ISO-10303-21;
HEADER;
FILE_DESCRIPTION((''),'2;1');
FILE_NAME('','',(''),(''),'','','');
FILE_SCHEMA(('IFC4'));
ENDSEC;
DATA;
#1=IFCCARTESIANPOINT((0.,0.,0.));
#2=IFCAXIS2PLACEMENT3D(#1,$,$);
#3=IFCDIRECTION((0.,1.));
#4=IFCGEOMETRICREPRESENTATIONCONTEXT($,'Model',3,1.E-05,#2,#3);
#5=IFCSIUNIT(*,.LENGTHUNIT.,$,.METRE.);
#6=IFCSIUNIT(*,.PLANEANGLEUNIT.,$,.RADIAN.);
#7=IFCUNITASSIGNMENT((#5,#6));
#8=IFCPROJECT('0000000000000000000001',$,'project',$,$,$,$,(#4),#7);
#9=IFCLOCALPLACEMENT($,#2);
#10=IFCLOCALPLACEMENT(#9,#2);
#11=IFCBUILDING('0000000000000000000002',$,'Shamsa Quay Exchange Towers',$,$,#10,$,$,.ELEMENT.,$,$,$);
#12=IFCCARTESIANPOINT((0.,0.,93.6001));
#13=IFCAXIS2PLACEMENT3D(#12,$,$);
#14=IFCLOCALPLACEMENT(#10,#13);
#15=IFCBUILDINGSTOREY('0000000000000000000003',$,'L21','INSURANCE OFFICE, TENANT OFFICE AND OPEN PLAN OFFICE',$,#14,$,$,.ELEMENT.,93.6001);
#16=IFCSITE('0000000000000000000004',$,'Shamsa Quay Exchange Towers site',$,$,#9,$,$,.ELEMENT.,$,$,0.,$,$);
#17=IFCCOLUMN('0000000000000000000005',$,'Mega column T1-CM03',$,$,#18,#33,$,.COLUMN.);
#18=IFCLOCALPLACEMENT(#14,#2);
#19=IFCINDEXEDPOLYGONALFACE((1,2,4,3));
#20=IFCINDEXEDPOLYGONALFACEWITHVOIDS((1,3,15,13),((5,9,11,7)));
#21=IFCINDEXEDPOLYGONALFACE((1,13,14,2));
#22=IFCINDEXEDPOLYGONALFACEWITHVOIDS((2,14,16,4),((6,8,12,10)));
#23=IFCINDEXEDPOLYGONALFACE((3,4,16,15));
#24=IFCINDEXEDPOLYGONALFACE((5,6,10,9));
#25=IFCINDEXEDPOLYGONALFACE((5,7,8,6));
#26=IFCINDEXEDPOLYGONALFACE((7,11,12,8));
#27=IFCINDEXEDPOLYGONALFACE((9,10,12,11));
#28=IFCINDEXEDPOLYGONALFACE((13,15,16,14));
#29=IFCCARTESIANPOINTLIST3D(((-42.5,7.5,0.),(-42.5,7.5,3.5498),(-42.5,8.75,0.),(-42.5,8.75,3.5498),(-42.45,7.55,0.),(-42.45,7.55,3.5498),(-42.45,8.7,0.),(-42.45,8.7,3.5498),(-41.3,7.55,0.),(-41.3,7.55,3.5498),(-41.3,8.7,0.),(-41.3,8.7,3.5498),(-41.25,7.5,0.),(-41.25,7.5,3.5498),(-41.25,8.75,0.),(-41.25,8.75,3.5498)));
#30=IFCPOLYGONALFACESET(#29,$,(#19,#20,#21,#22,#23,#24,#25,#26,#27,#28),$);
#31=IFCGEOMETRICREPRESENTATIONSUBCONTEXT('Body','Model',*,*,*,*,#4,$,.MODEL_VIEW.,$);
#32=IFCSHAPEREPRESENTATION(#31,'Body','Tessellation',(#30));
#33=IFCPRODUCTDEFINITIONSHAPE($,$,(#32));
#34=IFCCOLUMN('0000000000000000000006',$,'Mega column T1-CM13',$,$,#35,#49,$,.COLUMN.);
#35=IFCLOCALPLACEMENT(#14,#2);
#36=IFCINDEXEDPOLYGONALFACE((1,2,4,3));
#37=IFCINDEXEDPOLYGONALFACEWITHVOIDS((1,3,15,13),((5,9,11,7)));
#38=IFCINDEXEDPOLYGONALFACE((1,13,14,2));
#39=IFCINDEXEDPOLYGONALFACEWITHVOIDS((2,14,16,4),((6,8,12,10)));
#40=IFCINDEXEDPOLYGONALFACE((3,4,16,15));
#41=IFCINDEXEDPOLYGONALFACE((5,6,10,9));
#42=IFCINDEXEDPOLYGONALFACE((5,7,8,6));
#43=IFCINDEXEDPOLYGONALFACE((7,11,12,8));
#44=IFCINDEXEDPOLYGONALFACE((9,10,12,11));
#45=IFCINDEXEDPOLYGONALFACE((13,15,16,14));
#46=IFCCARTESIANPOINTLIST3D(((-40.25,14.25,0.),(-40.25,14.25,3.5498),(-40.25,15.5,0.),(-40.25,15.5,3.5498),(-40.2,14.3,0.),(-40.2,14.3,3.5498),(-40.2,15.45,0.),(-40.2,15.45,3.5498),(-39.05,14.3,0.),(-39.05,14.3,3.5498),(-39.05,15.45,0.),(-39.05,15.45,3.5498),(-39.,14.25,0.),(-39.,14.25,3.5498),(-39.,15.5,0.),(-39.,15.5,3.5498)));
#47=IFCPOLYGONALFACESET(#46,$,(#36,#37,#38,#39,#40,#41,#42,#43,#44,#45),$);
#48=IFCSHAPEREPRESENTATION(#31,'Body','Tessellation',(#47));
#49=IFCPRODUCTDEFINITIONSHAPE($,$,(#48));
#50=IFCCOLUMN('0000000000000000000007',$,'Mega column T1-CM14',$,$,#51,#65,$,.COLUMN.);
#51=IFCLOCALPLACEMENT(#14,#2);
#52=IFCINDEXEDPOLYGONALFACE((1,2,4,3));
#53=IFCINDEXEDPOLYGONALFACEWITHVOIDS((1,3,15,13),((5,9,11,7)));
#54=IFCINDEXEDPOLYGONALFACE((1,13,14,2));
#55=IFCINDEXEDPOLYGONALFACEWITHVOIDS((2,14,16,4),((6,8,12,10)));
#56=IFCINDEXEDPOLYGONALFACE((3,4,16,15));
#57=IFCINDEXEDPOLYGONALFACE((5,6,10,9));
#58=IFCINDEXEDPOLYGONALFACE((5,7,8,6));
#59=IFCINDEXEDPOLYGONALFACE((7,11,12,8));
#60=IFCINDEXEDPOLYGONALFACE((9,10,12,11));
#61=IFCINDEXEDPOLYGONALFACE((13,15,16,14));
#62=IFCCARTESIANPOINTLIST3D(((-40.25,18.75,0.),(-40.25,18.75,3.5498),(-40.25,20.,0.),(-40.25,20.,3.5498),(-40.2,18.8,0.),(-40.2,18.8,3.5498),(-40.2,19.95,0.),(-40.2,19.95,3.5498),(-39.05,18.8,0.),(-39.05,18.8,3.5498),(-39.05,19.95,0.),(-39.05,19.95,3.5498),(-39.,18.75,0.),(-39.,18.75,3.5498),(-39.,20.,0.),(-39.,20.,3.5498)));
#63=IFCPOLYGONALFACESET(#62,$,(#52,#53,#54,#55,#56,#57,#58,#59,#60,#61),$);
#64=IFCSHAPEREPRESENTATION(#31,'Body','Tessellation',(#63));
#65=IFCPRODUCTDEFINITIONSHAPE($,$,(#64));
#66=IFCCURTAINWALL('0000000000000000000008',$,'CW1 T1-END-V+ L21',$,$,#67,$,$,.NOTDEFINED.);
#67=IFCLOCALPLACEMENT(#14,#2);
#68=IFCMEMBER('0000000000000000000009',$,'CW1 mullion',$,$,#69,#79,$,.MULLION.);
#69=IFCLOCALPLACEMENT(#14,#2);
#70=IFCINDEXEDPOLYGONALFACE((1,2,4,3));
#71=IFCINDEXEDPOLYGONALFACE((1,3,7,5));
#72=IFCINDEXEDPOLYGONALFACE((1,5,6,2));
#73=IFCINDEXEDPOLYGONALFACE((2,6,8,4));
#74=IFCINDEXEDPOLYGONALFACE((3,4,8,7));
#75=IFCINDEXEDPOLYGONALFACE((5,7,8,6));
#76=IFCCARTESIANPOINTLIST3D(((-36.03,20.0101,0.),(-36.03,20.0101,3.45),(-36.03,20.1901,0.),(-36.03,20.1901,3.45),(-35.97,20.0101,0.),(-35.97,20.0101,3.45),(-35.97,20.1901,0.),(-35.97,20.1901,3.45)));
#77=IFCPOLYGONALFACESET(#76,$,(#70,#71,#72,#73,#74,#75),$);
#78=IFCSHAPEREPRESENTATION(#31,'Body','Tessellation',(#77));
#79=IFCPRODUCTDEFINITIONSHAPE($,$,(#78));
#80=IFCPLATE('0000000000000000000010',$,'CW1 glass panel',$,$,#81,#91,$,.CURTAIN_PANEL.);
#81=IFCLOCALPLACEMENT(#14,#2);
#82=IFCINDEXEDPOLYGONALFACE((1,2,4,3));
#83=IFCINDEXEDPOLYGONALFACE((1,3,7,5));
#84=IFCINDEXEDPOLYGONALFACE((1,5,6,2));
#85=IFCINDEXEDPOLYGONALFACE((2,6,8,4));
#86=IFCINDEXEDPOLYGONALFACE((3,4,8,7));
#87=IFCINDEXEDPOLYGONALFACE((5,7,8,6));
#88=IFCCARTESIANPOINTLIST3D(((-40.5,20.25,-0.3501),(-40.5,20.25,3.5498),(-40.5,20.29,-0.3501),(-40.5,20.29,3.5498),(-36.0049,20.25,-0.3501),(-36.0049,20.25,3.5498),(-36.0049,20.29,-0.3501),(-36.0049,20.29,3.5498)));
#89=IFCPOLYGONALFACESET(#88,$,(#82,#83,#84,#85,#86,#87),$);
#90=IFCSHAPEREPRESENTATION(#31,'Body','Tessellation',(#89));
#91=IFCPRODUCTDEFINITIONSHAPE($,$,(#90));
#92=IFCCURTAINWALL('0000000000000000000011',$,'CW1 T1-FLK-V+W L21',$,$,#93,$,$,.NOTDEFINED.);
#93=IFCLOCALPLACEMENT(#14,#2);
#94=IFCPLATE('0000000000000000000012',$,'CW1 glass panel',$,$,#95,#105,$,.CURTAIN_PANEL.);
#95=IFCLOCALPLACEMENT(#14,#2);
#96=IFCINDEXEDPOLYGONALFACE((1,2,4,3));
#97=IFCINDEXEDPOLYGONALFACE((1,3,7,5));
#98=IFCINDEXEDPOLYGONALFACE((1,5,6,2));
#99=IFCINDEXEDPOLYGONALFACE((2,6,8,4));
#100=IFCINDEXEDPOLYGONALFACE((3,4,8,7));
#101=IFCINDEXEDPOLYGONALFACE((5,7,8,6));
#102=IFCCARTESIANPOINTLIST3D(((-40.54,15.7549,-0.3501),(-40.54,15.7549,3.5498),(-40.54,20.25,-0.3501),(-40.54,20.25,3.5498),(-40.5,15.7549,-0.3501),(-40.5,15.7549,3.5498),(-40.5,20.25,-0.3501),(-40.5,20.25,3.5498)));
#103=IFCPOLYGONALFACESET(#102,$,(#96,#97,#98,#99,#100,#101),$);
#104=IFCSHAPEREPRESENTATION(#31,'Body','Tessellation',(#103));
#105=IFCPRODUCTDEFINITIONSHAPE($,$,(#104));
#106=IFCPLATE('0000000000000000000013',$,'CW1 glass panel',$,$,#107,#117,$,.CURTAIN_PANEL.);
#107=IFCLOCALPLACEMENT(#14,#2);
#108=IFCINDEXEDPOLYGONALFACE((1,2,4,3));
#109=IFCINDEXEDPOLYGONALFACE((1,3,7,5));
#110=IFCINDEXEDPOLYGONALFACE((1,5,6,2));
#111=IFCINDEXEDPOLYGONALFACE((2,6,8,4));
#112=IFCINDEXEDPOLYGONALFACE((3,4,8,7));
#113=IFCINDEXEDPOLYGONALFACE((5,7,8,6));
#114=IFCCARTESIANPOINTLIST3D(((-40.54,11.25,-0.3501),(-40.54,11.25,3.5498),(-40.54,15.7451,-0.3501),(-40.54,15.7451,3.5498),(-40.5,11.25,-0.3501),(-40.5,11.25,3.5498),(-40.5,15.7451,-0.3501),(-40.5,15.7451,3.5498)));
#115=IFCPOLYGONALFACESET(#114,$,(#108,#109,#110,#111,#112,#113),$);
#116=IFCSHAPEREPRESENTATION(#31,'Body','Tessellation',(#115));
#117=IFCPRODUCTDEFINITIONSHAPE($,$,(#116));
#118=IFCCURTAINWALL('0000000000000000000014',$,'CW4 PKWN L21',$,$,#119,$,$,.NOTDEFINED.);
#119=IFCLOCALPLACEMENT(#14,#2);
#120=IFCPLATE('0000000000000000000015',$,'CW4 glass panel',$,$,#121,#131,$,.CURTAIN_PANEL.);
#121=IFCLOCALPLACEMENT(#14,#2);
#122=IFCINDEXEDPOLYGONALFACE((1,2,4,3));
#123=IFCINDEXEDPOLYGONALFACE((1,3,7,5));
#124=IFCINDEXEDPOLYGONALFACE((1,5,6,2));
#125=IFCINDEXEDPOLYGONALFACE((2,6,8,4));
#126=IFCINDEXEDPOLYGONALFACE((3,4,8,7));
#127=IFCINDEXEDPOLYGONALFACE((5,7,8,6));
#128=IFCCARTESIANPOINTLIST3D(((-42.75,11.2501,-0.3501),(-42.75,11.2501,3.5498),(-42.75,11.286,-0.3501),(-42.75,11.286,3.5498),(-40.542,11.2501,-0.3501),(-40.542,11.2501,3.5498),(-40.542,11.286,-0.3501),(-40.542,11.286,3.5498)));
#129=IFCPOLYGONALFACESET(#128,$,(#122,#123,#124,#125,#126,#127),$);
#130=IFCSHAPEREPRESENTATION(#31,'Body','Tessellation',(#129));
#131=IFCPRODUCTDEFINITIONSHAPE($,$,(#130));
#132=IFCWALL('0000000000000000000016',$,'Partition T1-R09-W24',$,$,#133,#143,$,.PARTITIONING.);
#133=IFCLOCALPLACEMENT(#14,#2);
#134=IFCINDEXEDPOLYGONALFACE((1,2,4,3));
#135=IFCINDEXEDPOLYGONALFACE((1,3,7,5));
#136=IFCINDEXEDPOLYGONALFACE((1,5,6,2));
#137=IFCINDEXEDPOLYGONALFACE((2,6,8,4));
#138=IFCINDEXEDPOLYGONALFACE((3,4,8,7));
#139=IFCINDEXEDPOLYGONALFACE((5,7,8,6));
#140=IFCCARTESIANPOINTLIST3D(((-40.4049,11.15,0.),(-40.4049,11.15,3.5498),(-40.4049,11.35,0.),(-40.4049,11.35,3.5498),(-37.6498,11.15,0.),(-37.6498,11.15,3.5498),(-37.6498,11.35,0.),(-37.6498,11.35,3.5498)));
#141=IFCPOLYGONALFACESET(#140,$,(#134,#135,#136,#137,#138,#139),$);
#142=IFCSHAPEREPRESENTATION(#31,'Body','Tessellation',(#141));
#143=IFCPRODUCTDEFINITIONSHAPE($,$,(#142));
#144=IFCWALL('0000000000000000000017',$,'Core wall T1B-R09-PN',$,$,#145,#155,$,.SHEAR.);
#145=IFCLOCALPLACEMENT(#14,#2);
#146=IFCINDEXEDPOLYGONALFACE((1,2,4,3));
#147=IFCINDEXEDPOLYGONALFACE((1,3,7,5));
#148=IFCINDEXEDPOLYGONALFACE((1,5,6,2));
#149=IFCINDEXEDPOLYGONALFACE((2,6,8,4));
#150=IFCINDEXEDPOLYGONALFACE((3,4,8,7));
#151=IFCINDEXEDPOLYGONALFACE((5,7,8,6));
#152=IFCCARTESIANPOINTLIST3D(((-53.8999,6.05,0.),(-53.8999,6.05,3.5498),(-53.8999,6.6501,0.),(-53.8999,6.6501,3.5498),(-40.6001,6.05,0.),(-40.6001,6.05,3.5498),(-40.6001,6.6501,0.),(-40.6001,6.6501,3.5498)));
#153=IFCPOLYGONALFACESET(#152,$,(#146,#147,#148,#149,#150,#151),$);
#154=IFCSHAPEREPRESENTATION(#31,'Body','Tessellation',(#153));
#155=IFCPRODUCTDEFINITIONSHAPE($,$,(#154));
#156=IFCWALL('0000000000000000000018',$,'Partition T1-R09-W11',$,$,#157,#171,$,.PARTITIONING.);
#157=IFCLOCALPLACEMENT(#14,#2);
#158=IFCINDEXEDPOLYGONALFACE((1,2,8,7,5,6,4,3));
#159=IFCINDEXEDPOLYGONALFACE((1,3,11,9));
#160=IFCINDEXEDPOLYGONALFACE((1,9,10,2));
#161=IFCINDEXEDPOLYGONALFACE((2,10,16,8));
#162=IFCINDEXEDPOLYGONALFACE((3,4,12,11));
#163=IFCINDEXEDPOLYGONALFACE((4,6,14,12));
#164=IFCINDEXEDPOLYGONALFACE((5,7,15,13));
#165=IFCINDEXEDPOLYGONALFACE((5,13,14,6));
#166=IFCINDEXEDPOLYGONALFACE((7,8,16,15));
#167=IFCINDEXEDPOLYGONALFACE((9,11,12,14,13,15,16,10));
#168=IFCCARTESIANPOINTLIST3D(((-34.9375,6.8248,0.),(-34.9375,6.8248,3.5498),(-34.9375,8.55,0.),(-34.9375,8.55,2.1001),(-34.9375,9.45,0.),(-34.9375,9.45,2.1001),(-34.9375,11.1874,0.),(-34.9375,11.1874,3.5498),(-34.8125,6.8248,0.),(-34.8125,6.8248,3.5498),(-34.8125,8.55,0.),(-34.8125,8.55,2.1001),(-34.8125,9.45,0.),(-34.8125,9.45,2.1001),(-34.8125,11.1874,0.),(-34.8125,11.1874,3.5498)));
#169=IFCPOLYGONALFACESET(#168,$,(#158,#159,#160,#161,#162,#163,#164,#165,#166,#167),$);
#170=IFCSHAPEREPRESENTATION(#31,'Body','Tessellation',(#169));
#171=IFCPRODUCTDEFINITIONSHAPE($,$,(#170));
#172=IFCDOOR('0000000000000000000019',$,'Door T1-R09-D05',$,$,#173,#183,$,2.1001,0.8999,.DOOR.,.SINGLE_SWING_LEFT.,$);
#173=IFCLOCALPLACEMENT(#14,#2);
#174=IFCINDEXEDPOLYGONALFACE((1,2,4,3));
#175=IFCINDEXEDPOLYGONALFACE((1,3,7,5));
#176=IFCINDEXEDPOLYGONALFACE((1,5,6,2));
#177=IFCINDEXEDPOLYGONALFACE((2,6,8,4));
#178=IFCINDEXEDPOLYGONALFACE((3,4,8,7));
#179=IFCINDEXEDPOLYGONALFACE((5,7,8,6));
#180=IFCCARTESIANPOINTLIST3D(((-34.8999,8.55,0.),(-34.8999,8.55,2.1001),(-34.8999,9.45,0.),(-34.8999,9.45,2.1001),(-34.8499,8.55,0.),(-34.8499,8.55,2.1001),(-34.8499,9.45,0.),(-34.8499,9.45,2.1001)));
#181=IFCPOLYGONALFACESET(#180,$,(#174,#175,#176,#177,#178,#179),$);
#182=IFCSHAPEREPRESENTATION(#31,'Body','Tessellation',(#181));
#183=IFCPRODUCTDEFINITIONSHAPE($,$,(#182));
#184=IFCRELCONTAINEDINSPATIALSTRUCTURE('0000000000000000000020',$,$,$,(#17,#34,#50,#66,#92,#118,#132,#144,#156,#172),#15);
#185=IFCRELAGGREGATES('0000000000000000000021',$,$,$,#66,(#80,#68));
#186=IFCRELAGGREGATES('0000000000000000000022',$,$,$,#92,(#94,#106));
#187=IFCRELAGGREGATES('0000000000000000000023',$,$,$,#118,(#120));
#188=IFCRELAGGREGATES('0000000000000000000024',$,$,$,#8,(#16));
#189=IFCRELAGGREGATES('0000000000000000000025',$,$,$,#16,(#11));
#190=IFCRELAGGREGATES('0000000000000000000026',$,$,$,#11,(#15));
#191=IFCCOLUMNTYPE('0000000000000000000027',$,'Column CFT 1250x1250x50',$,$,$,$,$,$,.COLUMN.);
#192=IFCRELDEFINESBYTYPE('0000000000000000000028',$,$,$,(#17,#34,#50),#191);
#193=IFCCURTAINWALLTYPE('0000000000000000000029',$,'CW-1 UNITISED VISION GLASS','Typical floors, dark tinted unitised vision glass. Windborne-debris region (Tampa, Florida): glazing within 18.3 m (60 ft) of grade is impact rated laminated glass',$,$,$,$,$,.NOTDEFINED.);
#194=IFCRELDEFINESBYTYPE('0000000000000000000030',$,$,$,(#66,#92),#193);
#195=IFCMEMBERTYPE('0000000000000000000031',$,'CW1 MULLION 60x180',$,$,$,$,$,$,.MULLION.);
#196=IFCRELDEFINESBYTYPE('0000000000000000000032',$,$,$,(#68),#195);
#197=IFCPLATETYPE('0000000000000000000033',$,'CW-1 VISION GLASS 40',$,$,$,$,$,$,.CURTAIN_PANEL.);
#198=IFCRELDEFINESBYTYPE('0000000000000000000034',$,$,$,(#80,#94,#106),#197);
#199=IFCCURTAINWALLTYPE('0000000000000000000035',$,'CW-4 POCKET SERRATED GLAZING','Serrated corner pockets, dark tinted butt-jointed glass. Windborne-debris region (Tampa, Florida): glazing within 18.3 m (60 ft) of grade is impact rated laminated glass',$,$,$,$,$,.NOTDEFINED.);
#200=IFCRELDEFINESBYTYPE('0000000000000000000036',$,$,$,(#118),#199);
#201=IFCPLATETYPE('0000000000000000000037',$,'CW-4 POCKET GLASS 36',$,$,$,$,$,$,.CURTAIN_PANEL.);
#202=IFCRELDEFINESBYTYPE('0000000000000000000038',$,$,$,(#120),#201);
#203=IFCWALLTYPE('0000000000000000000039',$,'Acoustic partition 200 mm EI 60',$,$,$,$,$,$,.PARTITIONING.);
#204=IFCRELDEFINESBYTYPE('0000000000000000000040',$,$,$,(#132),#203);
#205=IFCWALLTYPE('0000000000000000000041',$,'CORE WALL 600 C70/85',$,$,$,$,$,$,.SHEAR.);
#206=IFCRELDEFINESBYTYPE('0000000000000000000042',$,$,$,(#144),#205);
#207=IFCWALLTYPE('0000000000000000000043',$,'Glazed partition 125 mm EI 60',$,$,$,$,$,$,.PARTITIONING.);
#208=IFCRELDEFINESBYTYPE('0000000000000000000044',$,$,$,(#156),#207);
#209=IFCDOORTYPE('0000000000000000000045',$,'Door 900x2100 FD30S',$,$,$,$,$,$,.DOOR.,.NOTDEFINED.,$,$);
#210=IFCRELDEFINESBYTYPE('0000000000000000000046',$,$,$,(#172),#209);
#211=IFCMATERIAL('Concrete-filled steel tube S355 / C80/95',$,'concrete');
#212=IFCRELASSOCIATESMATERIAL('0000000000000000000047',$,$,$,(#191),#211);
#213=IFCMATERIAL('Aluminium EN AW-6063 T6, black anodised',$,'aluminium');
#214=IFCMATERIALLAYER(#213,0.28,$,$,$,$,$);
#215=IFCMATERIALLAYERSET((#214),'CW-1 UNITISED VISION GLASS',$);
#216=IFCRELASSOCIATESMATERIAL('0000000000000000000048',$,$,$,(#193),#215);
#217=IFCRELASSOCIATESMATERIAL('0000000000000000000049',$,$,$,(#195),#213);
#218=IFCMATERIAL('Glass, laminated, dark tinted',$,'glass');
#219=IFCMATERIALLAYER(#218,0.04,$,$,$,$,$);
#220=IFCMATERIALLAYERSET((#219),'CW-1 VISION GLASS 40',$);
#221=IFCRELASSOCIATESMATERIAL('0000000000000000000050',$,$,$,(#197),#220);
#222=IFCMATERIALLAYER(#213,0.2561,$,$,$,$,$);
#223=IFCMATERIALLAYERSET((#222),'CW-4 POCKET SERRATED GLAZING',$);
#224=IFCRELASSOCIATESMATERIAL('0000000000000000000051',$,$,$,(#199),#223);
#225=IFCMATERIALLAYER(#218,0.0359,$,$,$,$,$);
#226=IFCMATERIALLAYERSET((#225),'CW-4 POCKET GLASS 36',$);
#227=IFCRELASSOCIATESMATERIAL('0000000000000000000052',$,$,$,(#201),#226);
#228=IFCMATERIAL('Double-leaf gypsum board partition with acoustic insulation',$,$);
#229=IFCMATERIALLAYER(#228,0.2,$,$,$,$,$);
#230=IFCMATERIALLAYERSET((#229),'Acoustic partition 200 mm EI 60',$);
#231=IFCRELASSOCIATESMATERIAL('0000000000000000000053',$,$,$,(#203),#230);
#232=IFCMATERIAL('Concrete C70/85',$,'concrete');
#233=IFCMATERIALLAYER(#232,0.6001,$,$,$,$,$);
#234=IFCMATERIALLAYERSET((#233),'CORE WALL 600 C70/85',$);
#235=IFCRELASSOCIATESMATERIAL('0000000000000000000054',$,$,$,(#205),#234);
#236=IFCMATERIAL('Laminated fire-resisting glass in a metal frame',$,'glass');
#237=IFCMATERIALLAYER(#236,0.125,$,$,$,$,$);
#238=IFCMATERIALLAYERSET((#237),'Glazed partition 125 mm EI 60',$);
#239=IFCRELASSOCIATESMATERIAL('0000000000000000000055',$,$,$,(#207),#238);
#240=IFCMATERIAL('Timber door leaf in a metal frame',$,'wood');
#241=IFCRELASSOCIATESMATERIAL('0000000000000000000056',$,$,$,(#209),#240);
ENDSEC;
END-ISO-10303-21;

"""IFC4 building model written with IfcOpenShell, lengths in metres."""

from ifc_helpers import new_model, si_unit, direction, frame, frame_2d, origin, origin_2d, place, context, subcontext, project, spatial, rectangle, hollow_rectangle, extrude, material, layer, layer_set, material_profile, profile_set, type_object, element, fill, aggregate, save


model = new_model("IFC4")

# Units and contexts
model_context = context("Model", 3, precision=1e-05, world=origin(), true_north=direction((0.0, 1.0)))
body_context = subcontext(model_context, "Body", "Model", "MODEL_VIEW")
ifc_project = project(units=[si_unit("LENGTHUNIT", "METRE"), si_unit("PLANEANGLEUNIT", "RADIAN")], contexts=[model_context])

# Site, building, storey
site_placement = place(None, origin())
site = spatial("IfcSite", under=ifc_project, at=site_placement, Name="Shamsa Quay Exchange Towers site", CompositionType="ELEMENT", RefElevation=0.0)
building_placement = place(site_placement, origin())
building = spatial("IfcBuilding", under=site, at=building_placement, Name="Shamsa Quay Exchange Towers", CompositionType="ELEMENT")
storey_placement = place(building_placement, frame((0.0, 0.0, 93.6001)))
storey = spatial("IfcBuildingStorey", under=building, at=storey_placement, Name="L21", Description="INSURANCE OFFICE, TENANT OFFICE AND OPEN PLAN OFFICE", CompositionType="ELEMENT", Elevation=93.6001)

# Columns
ifc_material_1 = material(Name="Concrete-filled steel tube S355 / C80/95", Category="concrete")
ifc_material_profile_1 = material_profile(ifc_material_1, hollow_rectangle(XDim=1.25, YDim=1.25, WallThickness=0.05, at=origin_2d()), Name="CFT 1250x1250x50")
ifc_profile_set_1 = profile_set([ifc_material_profile_1], Name="Concrete-filled steel tube S355 / C80/95")
column_type = type_object("IfcColumnType", Name="Column CFT 1250x1250x50", PredefinedType="COLUMN", material=ifc_profile_set_1)
for number, where, name in (
    (1, (-41.875, 8.125, 0.0), "Mega column T1-CM03"),
    (2, (-39.625, 14.875, 0.0), "Mega column T1-CM13"),
    (3, (-39.625, 19.375, 0.0), "Mega column T1-CM14"),
):
    element("IfcColumn", number, at=place(storey_placement, frame(where)), inside=storey, type_object=column_type, Name=name, PredefinedType="COLUMN", context=body_context, shape_type="SweptSolid", body=[
        extrude(hollow_rectangle(XDim=1.25, YDim=1.25, WallThickness=0.05, at=origin_2d()), origin(), (0.0, 0.0, 1.0), 3.5498),
    ])

# Curtain wall, member, plate
ifc_material_2 = material(Name="Aluminium EN AW-6063 T6, black anodised", Category="aluminium")
ifc_layer_1 = layer(ifc_material_2, 0.28)
ifc_layer_set_1 = layer_set([ifc_layer_1], Name="CW-1 UNITISED VISION GLASS")
curtain_wall_type_1 = type_object("IfcCurtainWallType", Name="CW-1 UNITISED VISION GLASS", Description="Typical floors, dark tinted unitised vision glass. Windborne-debris region (Tampa, Florida): glazing within 18.3 m (60 ft) of grade is impact rated laminated glass", PredefinedType="NOTDEFINED", material=ifc_layer_set_1)
curtain_wall_1_placement = place(storey_placement, origin())
curtain_wall_1 = element("IfcCurtainWall", 4, at=curtain_wall_1_placement, inside=storey, type_object=curtain_wall_type_1, Name="CW1 T1-END-V+ L21", PredefinedType="NOTDEFINED")
ifc_material_profile_2 = material_profile(ifc_material_2, rectangle(XDim=0.1799, YDim=0.0601, at=origin_2d()), Name="MU60x180")
ifc_profile_set_2 = profile_set([ifc_material_profile_2], Name="Aluminium EN AW-6063 T6, black anodised")
member_type = type_object("IfcMemberType", Name="CW1 MULLION 60x180", PredefinedType="MULLION", material=ifc_profile_set_2)
member_placement = place(storey_placement, frame((-36.0, 20.1001, 0.0), z_axis=(0.0, 0.0, 1.0), x_axis=(0.0, -1.0, 0.0)))
member = element("IfcMember", 5, at=member_placement, type_object=member_type, Name="CW1 mullion", PredefinedType="MULLION", context=body_context, shape_type="SweptSolid", body=[
    extrude(rectangle(XDim=0.1799, YDim=0.0601, at=origin_2d()), origin(), (0.0, 0.0, 1.0), 3.45),
])
ifc_material_3 = material(Name="Glass, laminated, dark tinted", Category="glass")
ifc_layer_2 = layer(ifc_material_3, 0.04)
ifc_layer_set_2 = layer_set([ifc_layer_2], Name="CW-1 VISION GLASS 40")
plate_type_1 = type_object("IfcPlateType", Name="CW-1 VISION GLASS 40", PredefinedType="CURTAIN_PANEL", material=ifc_layer_set_2)
plate_1_placement = place(storey_placement, frame((-38.2524, 20.27, -0.3501), z_axis=(0.0, 0.0, 1.0), x_axis=(-1.0, 0.0, 0.0)))
plate_1 = element("IfcPlate", 6, at=plate_1_placement, type_object=plate_type_1, Name="CW1 glass panel", PredefinedType="CURTAIN_PANEL", context=body_context, shape_type="SweptSolid", body=[
    extrude(rectangle(XDim=4.4951, YDim=0.04, at=origin_2d()), origin(), (0.0, 0.0, 1.0), 3.8999),
])
aggregate(curtain_wall_1, [plate_1, member])

# Curtain wall, plates
curtain_wall_2_placement = place(storey_placement, origin())
curtain_wall_2 = element("IfcCurtainWall", 7, at=curtain_wall_2_placement, inside=storey, type_object=curtain_wall_type_1, Name="CW1 T1-FLK-V+W L21", PredefinedType="NOTDEFINED")
plate_2_placement = place(storey_placement, frame((-40.52, 18.0024, -0.3501), z_axis=(0.0, 0.0, 1.0), x_axis=(0.0, -1.0, 0.0)))
plate_2 = element("IfcPlate", 8, at=plate_2_placement, type_object=plate_type_1, Name="CW1 glass panel", PredefinedType="CURTAIN_PANEL", context=body_context, shape_type="SweptSolid", body=[
    extrude(rectangle(XDim=4.4951, YDim=0.04, at=origin_2d()), origin(), (0.0, 0.0, 1.0), 3.8999),
])
plate_3_placement = place(storey_placement, frame((-40.52, 13.4976, -0.3501), z_axis=(0.0, 0.0, 1.0), x_axis=(0.0, -1.0, 0.0)))
plate_3 = element("IfcPlate", 9, at=plate_3_placement, type_object=plate_type_1, Name="CW1 glass panel", PredefinedType="CURTAIN_PANEL", context=body_context, shape_type="SweptSolid", body=[
    extrude(rectangle(XDim=4.4951, YDim=0.04, at=origin_2d()), origin(), (0.0, 0.0, 1.0), 3.8999),
])
aggregate(curtain_wall_2, [plate_2, plate_3])

# Curtain wall, plate
ifc_layer_3 = layer(ifc_material_2, 0.2561)
ifc_layer_set_3 = layer_set([ifc_layer_3], Name="CW-4 POCKET SERRATED GLAZING")
curtain_wall_type_2 = type_object("IfcCurtainWallType", Name="CW-4 POCKET SERRATED GLAZING", Description="Serrated corner pockets, dark tinted butt-jointed glass. Windborne-debris region (Tampa, Florida): glazing within 18.3 m (60 ft) of grade is impact rated laminated glass", PredefinedType="NOTDEFINED", material=ifc_layer_set_3)
curtain_wall_3_placement = place(storey_placement, origin())
curtain_wall_3 = element("IfcCurtainWall", 10, at=curtain_wall_3_placement, inside=storey, type_object=curtain_wall_type_2, Name="CW4 PKWN L21", PredefinedType="NOTDEFINED")
ifc_layer_4 = layer(ifc_material_3, 0.0359)
ifc_layer_set_4 = layer_set([ifc_layer_4], Name="CW-4 POCKET GLASS 36")
plate_type_2 = type_object("IfcPlateType", Name="CW-4 POCKET GLASS 36", PredefinedType="CURTAIN_PANEL", material=ifc_layer_set_4)
plate_4_placement = place(storey_placement, frame((-41.646, 11.2681, -0.3501), z_axis=(0.0, 0.0, 1.0), x_axis=(-1.0, 0.0, 0.0)))
plate_4 = element("IfcPlate", 11, at=plate_4_placement, type_object=plate_type_2, Name="CW4 glass panel", PredefinedType="CURTAIN_PANEL", context=body_context, shape_type="SweptSolid", body=[
    extrude(rectangle(XDim=2.208, YDim=0.0359, at=origin_2d()), origin(), (0.0, 0.0, 1.0), 3.8999),
])
aggregate(curtain_wall_3, [plate_4])

# Shared definitions
ifc_material_4 = material(Name="Double-leaf gypsum board partition with acoustic insulation")
ifc_layer_5 = layer(ifc_material_4, 0.2)
ifc_layer_set_5 = layer_set([ifc_layer_5], Name="Acoustic partition 200 mm EI 60")
wall_type_1 = type_object("IfcWallType", Name="Acoustic partition 200 mm EI 60", PredefinedType="PARTITIONING", material=ifc_layer_set_5)
ifc_material_5 = material(Name="Timber door leaf in a metal frame", Category="wood")

# Walls
wall_1_placement = place(storey_placement, frame((-37.6499, 11.25, 0.0), z_axis=(0.0, 0.0, 1.0), x_axis=(-1.0, 0.0, 0.0)))
element("IfcWall", 12, at=wall_1_placement, inside=storey, type_object=wall_type_1, Name="Partition T1-R09-W24", PredefinedType="PARTITIONING", context=body_context, shape_type="SweptSolid", body=[
    extrude(rectangle(XDim=2.7551, YDim=0.2, at=frame_2d((1.3774, 0.0))), origin(), (0.0, 0.0, 1.0), 3.5498),
])
ifc_material_6 = material(Name="Concrete C70/85", Category="concrete")
ifc_layer_6 = layer(ifc_material_6, 0.6001)
ifc_layer_set_6 = layer_set([ifc_layer_6], Name="CORE WALL 600 C70/85")
wall_type_2 = type_object("IfcWallType", Name="CORE WALL 600 C70/85", PredefinedType="SHEAR", material=ifc_layer_set_6)
wall_2_placement = place(storey_placement, frame((-40.6001, 6.3501, 0.0), z_axis=(0.0, 0.0, 1.0), x_axis=(-1.0, 0.0, 0.0)))
element("IfcWall", 13, at=wall_2_placement, inside=storey, type_object=wall_type_2, Name="Core wall T1B-R09-PN", PredefinedType="SHEAR", context=body_context, shape_type="SweptSolid", body=[
    extrude(rectangle(XDim=13.2998, YDim=0.6001, at=frame_2d((6.6499, 0.0))), origin(), (0.0, 0.0, 1.0), 3.5498),
])

# Wall, opening, door
ifc_material_7 = material(Name="Laminated fire-resisting glass in a metal frame", Category="glass")
ifc_layer_7 = layer(ifc_material_7, 0.125)
ifc_layer_set_7 = layer_set([ifc_layer_7], Name="Glazed partition 125 mm EI 60")
wall_type_3 = type_object("IfcWallType", Name="Glazed partition 125 mm EI 60", PredefinedType="PARTITIONING", material=ifc_layer_set_7)
wall_3_placement = place(storey_placement, frame((-34.875, 6.825, 0.0), z_axis=(0.0, 0.0, 1.0), x_axis=(0.0, 1.0, 0.0)))
wall_3 = element("IfcWall", 14, at=wall_3_placement, inside=storey, type_object=wall_type_3, Name="Partition T1-R09-W11", PredefinedType="PARTITIONING", context=body_context, shape_type="SweptSolid", body=[
    extrude(rectangle(XDim=4.3625, YDim=0.125, at=frame_2d((2.1812, 0.0))), origin(), (0.0, 0.0, 1.0), 3.5498),
])
opening_1_placement = place(wall_3_placement, frame((1.7251, 0.0, 0.0)))
opening_1 = element("IfcOpeningElement", 15, at=opening_1_placement, cuts=wall_3, PredefinedType="OPENING", context=body_context, shape_type="SweptSolid", body=[
    extrude(rectangle(XDim=0.8999, YDim=2.1001, at=frame_2d((0.45, 1.05))), frame((0.0, 0.0725, 0.0), z_axis=(0.0, -1.0, 0.0), x_axis=(1.0, 0.0, 0.0)), (0.0, 0.0, 1.0), 0.145),
])
door_type_1 = type_object("IfcDoorType", Name="Door 900x2100 FD30S", OperationType="NOTDEFINED", PredefinedType="DOOR", material=ifc_material_5)
door_1_placement = place(opening_1_placement, origin())
door_1 = element("IfcDoor", 16, at=door_1_placement, inside=storey, type_object=door_type_1, Name="Door T1-R09-D05", OperationType="SINGLE_SWING_LEFT", OverallHeight=2.1001, OverallWidth=0.8999, PredefinedType="DOOR", context=body_context, shape_type="SweptSolid", body=[
    extrude(rectangle(XDim=0.8999, YDim=2.1001, at=frame_2d((0.45, 1.05))), frame((0.0, 0.0249, 0.0), z_axis=(0.0, -1.0, 0.0), x_axis=(1.0, 0.0, 0.0)), (0.0, 0.0, 1.0), 0.05),
])
fill(opening_1, door_1)

save(model, "model.ifc")
